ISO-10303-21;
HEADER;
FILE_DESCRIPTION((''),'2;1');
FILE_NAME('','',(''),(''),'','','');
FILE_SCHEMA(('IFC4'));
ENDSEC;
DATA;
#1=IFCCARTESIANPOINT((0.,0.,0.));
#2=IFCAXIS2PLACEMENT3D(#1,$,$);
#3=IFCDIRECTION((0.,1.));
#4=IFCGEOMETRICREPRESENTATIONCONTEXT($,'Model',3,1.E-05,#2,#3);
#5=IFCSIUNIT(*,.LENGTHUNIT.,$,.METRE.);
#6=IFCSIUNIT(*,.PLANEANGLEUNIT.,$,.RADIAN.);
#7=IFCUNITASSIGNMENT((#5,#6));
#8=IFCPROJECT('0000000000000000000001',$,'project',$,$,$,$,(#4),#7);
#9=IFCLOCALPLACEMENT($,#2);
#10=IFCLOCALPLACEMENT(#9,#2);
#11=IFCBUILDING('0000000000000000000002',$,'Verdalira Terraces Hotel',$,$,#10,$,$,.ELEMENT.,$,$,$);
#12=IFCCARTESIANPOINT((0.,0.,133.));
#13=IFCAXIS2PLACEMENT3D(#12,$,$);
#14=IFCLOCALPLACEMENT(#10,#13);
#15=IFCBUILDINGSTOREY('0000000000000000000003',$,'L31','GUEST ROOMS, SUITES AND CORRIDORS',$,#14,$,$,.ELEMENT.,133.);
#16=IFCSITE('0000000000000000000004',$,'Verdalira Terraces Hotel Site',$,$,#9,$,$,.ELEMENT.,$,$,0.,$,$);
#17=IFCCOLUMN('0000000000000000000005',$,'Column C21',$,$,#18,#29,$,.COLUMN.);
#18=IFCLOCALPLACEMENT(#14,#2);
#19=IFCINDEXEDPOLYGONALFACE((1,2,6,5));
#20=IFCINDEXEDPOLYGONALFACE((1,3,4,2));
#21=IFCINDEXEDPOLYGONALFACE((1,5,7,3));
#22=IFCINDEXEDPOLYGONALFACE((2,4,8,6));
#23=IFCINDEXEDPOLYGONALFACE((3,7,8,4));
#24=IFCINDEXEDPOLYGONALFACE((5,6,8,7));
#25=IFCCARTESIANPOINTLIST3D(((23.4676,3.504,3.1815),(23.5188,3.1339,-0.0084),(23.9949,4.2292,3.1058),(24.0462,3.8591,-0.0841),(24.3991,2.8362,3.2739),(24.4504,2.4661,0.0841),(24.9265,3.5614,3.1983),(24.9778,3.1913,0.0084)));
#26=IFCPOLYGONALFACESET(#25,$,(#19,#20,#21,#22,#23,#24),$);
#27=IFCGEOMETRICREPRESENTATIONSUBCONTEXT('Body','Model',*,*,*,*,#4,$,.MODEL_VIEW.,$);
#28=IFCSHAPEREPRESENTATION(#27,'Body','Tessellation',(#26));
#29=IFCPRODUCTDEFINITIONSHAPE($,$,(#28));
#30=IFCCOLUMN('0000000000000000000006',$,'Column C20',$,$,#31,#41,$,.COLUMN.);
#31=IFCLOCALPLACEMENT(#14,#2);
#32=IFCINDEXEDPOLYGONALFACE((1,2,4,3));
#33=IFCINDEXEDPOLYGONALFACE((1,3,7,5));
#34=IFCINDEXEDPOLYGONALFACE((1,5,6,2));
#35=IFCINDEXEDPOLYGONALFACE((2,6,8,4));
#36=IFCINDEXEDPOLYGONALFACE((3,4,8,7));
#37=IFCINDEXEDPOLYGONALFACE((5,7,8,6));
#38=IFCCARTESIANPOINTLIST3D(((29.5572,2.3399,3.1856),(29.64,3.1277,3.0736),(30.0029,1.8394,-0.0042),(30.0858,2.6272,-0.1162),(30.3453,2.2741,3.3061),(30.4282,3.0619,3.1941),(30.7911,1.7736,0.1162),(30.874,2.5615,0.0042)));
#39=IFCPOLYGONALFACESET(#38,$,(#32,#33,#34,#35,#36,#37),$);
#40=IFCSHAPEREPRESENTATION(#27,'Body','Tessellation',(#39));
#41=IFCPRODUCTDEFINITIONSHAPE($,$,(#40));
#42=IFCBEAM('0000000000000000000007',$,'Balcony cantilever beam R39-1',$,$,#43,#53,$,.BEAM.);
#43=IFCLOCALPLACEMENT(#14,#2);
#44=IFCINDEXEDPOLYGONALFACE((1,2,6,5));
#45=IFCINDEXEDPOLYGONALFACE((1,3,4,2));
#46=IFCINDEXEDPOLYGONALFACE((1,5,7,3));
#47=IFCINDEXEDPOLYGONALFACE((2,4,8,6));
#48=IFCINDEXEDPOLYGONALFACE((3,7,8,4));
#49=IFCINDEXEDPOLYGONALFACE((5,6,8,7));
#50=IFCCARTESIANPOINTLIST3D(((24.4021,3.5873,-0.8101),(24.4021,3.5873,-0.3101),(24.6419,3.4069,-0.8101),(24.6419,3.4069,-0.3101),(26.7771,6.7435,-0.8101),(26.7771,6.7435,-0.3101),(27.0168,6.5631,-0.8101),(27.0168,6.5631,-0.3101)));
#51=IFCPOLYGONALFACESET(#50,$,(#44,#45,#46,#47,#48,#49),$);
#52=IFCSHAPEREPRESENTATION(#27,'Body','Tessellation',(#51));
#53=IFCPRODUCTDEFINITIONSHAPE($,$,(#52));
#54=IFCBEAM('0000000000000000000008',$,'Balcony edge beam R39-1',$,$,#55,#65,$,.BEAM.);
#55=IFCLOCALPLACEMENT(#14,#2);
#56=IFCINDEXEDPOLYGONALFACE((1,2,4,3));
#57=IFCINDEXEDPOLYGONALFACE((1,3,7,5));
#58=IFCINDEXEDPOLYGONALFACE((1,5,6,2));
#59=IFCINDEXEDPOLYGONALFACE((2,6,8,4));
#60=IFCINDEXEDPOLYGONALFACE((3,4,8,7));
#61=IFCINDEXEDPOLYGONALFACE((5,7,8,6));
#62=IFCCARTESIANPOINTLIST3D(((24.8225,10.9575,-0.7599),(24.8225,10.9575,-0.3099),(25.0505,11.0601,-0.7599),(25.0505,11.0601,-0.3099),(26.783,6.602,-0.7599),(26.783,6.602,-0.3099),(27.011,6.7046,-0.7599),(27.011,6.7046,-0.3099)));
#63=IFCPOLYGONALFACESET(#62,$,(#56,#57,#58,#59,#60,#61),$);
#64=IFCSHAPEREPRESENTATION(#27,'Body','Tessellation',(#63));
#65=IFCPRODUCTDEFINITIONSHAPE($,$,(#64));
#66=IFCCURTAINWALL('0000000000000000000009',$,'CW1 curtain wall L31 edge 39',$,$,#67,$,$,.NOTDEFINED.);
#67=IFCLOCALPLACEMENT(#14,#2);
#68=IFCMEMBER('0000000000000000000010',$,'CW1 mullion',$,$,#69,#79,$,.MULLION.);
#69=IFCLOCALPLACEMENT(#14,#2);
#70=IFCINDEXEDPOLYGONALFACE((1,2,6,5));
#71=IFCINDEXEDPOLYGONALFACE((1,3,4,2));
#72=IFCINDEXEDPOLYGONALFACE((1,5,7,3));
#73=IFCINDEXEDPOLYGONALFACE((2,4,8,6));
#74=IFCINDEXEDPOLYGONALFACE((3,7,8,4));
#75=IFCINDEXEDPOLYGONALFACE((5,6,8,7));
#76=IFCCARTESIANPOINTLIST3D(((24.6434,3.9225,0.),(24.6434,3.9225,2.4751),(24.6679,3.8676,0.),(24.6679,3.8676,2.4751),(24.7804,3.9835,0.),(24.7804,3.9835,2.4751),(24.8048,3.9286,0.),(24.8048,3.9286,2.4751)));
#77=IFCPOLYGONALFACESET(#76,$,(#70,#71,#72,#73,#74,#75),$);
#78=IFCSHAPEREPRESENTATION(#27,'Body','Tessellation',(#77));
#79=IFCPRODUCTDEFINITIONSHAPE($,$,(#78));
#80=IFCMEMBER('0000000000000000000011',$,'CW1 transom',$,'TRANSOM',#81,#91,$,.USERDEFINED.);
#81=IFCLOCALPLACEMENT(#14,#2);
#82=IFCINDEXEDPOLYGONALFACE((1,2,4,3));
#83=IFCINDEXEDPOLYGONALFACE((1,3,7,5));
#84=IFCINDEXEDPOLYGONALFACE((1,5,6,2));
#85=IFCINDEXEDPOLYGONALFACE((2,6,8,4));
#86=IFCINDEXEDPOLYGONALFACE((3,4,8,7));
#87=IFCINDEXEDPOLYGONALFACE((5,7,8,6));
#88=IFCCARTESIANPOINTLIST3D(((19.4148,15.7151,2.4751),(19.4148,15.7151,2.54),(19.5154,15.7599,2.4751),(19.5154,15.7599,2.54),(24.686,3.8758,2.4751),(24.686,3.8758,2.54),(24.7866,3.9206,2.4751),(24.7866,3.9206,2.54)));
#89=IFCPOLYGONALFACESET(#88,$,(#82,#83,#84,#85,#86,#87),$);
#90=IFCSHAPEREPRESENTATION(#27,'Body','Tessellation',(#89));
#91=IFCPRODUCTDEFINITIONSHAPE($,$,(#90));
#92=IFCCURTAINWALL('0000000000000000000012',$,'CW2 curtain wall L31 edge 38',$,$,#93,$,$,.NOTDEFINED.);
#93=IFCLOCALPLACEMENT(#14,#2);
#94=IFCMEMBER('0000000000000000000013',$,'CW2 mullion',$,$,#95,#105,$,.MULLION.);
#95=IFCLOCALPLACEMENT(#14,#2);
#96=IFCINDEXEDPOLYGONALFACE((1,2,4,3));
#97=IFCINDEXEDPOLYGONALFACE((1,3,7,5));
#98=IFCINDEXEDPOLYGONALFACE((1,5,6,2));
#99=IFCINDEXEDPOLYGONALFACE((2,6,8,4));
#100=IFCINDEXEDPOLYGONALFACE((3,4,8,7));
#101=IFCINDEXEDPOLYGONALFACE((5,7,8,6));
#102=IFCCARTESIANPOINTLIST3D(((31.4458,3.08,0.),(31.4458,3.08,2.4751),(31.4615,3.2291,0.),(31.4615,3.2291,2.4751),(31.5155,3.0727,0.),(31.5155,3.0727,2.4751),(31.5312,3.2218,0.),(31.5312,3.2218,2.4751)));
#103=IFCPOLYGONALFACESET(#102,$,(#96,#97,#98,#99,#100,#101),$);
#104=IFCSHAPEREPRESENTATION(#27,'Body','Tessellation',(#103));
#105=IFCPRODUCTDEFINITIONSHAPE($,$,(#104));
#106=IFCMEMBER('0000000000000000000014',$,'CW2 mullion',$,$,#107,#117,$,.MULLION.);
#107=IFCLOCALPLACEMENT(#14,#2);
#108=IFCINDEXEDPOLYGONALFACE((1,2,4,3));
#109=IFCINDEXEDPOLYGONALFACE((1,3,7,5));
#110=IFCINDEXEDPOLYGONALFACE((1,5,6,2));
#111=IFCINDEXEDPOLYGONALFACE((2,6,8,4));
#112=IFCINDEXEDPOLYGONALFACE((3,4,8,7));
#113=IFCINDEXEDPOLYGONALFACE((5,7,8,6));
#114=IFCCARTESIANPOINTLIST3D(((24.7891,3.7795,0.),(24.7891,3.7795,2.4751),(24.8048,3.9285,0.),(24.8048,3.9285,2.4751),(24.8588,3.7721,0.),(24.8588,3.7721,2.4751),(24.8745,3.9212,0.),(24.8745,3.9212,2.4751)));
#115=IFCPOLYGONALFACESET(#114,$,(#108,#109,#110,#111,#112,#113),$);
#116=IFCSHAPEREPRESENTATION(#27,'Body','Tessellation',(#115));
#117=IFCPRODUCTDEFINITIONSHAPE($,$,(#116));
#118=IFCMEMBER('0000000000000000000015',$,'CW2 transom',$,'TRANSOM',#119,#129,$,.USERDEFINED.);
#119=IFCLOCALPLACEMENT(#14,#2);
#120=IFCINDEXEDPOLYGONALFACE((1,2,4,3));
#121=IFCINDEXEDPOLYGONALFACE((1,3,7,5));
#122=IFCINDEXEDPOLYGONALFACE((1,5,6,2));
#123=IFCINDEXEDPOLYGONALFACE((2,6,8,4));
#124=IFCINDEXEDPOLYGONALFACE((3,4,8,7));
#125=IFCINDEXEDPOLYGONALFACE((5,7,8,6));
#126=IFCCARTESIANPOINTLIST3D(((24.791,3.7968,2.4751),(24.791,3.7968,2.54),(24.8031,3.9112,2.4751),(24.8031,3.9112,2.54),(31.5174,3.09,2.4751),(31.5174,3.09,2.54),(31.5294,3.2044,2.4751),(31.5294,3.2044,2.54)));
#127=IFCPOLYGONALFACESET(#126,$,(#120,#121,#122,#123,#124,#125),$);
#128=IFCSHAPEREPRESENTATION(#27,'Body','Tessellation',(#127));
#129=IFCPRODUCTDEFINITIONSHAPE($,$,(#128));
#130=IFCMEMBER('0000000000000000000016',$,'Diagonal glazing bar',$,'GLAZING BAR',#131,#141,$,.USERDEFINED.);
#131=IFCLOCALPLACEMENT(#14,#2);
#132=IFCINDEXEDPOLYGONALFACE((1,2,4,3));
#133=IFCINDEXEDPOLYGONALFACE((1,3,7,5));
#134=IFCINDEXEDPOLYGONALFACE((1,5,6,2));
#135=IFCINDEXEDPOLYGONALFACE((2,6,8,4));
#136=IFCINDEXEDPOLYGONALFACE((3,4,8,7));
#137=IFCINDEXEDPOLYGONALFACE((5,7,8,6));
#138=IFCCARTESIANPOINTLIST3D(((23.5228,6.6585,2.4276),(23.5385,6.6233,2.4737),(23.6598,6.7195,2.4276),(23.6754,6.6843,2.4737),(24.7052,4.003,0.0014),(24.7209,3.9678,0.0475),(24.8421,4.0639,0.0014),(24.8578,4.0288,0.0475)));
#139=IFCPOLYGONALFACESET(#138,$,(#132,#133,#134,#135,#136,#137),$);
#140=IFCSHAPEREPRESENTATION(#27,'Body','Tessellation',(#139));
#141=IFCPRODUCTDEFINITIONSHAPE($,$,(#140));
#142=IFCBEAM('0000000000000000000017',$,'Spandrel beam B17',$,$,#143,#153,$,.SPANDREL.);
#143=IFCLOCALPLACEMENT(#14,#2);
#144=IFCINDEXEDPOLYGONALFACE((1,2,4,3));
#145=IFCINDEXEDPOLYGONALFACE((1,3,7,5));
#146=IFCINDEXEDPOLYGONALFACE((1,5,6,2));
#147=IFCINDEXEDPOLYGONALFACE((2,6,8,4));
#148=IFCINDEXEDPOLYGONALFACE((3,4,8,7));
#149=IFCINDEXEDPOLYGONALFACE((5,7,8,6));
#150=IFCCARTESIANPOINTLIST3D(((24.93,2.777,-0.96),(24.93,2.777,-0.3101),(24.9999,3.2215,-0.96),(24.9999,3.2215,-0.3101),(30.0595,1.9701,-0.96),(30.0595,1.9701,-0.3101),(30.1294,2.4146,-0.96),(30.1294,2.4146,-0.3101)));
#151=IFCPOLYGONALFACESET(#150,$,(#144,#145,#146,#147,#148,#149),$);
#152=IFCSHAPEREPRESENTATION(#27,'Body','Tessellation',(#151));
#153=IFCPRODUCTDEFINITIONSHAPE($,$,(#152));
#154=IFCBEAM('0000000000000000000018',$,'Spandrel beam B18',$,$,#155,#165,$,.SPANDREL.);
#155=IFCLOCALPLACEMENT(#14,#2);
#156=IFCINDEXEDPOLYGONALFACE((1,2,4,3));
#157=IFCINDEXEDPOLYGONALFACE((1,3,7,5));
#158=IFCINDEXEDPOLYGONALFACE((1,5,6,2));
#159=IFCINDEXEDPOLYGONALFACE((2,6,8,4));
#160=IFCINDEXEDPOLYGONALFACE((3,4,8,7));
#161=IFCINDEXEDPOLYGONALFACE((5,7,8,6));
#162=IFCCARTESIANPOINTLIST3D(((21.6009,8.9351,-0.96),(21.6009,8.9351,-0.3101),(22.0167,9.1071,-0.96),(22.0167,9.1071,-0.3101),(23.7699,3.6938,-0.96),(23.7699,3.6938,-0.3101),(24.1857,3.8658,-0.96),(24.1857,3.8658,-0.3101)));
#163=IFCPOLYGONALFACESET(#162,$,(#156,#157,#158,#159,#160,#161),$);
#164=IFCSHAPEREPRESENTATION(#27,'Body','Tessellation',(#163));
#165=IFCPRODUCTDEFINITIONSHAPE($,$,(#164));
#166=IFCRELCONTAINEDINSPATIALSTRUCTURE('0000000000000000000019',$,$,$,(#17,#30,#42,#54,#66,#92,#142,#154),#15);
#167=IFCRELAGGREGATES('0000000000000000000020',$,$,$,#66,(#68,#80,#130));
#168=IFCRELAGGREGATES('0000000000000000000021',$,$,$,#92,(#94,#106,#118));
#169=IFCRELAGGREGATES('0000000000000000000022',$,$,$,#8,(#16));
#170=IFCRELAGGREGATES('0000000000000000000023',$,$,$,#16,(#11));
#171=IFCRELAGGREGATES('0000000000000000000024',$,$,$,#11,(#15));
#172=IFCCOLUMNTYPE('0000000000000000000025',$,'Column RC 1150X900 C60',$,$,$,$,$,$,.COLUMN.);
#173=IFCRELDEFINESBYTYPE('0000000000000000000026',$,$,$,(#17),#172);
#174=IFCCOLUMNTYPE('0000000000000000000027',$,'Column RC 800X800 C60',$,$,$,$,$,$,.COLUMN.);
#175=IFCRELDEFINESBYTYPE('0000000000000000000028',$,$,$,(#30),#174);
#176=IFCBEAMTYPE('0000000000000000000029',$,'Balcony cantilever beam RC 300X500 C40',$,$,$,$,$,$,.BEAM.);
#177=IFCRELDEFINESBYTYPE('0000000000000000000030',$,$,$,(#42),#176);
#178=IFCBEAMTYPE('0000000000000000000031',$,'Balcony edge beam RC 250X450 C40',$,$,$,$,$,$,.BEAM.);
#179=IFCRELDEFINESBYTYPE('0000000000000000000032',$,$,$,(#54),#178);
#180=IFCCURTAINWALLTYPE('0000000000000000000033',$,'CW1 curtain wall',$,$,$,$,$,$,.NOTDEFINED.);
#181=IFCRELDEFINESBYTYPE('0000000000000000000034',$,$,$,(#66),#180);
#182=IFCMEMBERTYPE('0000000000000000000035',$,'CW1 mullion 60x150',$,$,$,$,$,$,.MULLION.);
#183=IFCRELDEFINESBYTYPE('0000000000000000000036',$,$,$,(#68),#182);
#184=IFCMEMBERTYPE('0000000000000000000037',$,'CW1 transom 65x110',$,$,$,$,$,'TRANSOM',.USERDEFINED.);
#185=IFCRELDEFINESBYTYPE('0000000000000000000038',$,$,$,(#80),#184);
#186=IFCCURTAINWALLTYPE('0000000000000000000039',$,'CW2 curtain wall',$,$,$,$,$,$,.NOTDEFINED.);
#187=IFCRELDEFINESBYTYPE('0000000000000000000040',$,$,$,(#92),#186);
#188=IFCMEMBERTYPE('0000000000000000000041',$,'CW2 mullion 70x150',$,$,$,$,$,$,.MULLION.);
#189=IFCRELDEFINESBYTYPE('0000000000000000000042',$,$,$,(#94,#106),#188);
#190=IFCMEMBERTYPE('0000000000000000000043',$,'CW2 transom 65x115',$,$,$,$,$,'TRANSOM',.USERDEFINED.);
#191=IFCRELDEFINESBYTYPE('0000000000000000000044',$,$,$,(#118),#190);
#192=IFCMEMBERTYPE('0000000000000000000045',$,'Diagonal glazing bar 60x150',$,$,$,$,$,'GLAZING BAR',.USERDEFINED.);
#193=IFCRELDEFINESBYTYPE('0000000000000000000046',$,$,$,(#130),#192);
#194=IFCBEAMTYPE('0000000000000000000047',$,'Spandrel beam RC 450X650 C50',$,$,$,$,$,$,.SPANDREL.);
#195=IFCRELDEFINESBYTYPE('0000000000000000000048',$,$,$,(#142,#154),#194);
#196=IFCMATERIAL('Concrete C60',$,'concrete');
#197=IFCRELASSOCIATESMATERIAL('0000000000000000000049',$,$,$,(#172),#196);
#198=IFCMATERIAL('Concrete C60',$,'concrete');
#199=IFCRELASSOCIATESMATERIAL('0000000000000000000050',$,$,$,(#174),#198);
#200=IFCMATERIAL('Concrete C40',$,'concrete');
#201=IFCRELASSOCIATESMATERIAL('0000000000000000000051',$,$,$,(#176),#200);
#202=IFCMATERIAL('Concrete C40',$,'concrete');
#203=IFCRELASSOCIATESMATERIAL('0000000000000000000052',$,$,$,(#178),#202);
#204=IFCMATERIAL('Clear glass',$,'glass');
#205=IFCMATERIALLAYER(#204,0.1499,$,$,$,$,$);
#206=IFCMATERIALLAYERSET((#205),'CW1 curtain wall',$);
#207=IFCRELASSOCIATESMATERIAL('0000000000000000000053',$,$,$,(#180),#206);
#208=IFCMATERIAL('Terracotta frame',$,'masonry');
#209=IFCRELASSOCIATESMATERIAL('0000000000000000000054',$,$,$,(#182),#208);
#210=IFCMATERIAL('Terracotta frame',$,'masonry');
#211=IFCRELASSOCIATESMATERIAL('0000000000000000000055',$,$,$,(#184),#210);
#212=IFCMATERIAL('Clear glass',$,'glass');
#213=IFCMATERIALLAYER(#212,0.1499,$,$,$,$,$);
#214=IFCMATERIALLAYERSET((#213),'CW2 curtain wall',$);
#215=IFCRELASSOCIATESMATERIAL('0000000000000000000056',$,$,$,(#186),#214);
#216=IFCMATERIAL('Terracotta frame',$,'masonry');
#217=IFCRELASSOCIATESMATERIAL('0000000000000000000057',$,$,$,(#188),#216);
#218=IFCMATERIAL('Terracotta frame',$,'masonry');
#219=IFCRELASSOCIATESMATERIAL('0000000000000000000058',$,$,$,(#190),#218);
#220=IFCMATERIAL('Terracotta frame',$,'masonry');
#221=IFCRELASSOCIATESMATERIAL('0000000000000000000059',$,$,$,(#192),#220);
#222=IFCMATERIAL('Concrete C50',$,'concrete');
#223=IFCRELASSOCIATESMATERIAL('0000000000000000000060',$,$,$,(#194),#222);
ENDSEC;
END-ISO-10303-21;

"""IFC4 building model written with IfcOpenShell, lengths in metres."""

from ifc_helpers import new_model, si_unit, direction, frame, origin, origin_2d, place, context, subcontext, project, spatial, rectangle, extrude, material, layer, layer_set, material_profile, profile_set, type_object, element, aggregate, save


model = new_model("IFC4")

# Units and contexts
model_context = context("Model", 3, precision=1e-05, world=origin(), true_north=direction((0.0, 1.0)))
body_context = subcontext(model_context, "Body", "Model", "MODEL_VIEW")
ifc_project = project(units=[si_unit("LENGTHUNIT", "METRE"), si_unit("PLANEANGLEUNIT", "RADIAN")], contexts=[model_context])

# Site, building, storey
site_placement = place(None, origin())
site = spatial("IfcSite", under=ifc_project, at=site_placement, Name="Verdalira Terraces Hotel Site", CompositionType="ELEMENT", RefElevation=0.0)
building_placement = place(site_placement, origin())
building = spatial("IfcBuilding", under=site, at=building_placement, Name="Verdalira Terraces Hotel", CompositionType="ELEMENT")
storey_placement = place(building_placement, frame((0.0, 0.0, 133.0)))
storey = spatial("IfcBuildingStorey", under=building, at=storey_placement, Name="L31", Description="GUEST ROOMS, SUITES AND CORRIDORS", CompositionType="ELEMENT", Elevation=133.0)

# Columns
ifc_material_1 = material(Name="Concrete C60", Category="concrete")
ifc_material_profile_1 = material_profile(ifc_material_1, rectangle(XDim=1.1499, YDim=0.8999, at=origin_2d()), Name="RC 1150X900")
ifc_profile_set_1 = profile_set([ifc_material_profile_1], Name="Concrete C60")
column_type_1 = type_object("IfcColumnType", Name="Column RC 1150X900 C60", PredefinedType="COLUMN", material=ifc_profile_set_1)
column_1_placement = place(storey_placement, frame((24.2483, 3.1626, 0.0), z_axis=(-0.015963, 0.115238, 0.99321), x_axis=(0.810116, -0.58073, 0.0804)))
element("IfcColumn", 1, at=column_1_placement, inside=storey, type_object=column_type_1, Name="Column C21", PredefinedType="COLUMN", context=body_context, shape_type="SweptSolid", body=[
    extrude(rectangle(XDim=1.1499, YDim=0.8999, at=origin_2d()), origin(), (0.0, 0.0, 1.0), 3.2117),
])
ifc_material_2 = material(Name="Concrete C60", Category="concrete")
ifc_material_profile_2 = material_profile(ifc_material_2, rectangle(XDim=0.8, YDim=0.8, at=origin_2d()), Name="RC 800X800")
ifc_profile_set_2 = profile_set([ifc_material_profile_2], Name="Concrete C60")
column_type_2 = type_object("IfcColumnType", Name="Column RC 800X800 C60", PredefinedType="COLUMN", material=ifc_profile_set_2)
column_2_placement = place(storey_placement, frame((30.4385, 2.2004, 0.0), z_axis=(-0.136766, 0.153543, 0.978632), x_axis=(-0.985173, 0.08222, -0.15058)))
element("IfcColumn", 2, at=column_2_placement, inside=storey, type_object=column_type_2, Name="Column C20", PredefinedType="COLUMN", context=body_context, shape_type="SweptSolid", body=[
    extrude(rectangle(XDim=0.8, YDim=0.8, at=origin_2d()), origin(), (0.0, 0.0, 1.0), 3.2595),
])

# Beams
ifc_material_3 = material(Name="Concrete C40", Category="concrete")
ifc_material_profile_3 = material_profile(ifc_material_3, rectangle(XDim=0.3, YDim=0.5, at=origin_2d()), Name="RC 300X500")
ifc_profile_set_3 = profile_set([ifc_material_profile_3], Name="Concrete C40")
beam_type_1 = type_object("IfcBeamType", Name="Balcony cantilever beam RC 300X500 C40", PredefinedType="BEAM", material=ifc_profile_set_3)
beam_1_placement = place(storey_placement, frame((24.522, 3.4971, -0.5601), z_axis=(0.601265, 0.79905, 0.0), x_axis=(-0.79905, 0.601265, 0.0)))
element("IfcBeam", 3, at=beam_1_placement, inside=storey, type_object=beam_type_1, Name="Balcony cantilever beam R39-1", PredefinedType="BEAM", context=body_context, shape_type="SweptSolid", body=[
    extrude(rectangle(XDim=0.3, YDim=0.5, at=origin_2d()), origin(), (0.0, 0.0, 1.0), 3.95),
])
ifc_material_4 = material(Name="Concrete C40", Category="concrete")
ifc_material_profile_4 = material_profile(ifc_material_4, rectangle(XDim=0.25, YDim=0.45, at=origin_2d()), Name="RC 250X450")
ifc_profile_set_4 = profile_set([ifc_material_profile_4], Name="Concrete C40")
beam_type_2 = type_object("IfcBeamType", Name="Balcony edge beam RC 250X450 C40", PredefinedType="BEAM", material=ifc_profile_set_4)
beam_2_placement = place(storey_placement, frame((26.897, 6.6533, -0.5349), z_axis=(-0.41045, 0.911883, 0.0), x_axis=(-0.911883, -0.41045, 0.0)))
element("IfcBeam", 4, at=beam_2_placement, inside=storey, type_object=beam_type_2, Name="Balcony edge beam R39-1", PredefinedType="BEAM", context=body_context, shape_type="SweptSolid", body=[
    extrude(rectangle(XDim=0.25, YDim=0.45, at=origin_2d()), origin(), (0.0, 0.0, 1.0), 4.7764),
])

# Curtain walls, members
ifc_material_5 = material(Name="Clear glass", Category="glass")
ifc_layer_1 = layer(ifc_material_5, 0.1499)
ifc_layer_set_1 = layer_set([ifc_layer_1], Name="CW1 curtain wall")
curtain_wall_type_1 = type_object("IfcCurtainWallType", Name="CW1 curtain wall", PredefinedType="NOTDEFINED", material=ifc_layer_set_1)
curtain_wall_1_placement = place(storey_placement, origin())
curtain_wall_1 = element("IfcCurtainWall", 5, at=curtain_wall_1_placement, inside=storey, type_object=curtain_wall_type_1, Name="CW1 curtain wall L31 edge 39", PredefinedType="NOTDEFINED")
ifc_material_6 = material(Name="Terracotta frame", Category="masonry")
ifc_material_profile_5 = material_profile(ifc_material_6, rectangle(XDim=0.0601, YDim=0.1499, at=origin_2d()), Name="MU 60x150")
ifc_profile_set_5 = profile_set([ifc_material_profile_5], Name="Terracotta frame")
member_type_1 = type_object("IfcMemberType", Name="CW1 mullion 60x150", PredefinedType="MULLION", material=ifc_profile_set_5)
member_1_placement = place(storey_placement, frame((24.7241, 3.9255, 0.0), z_axis=(0.0, 0.0, 1.0), x_axis=(-0.406737, 0.913545, 0.0)))
member_1 = element("IfcMember", 6, at=member_1_placement, type_object=member_type_1, Name="CW1 mullion", PredefinedType="MULLION", context=body_context, shape_type="SweptSolid", body=[
    extrude(rectangle(XDim=0.0601, YDim=0.1499, at=origin_2d()), origin(), (0.0, 0.0, 1.0), 2.4751),
])
ifc_material_7 = material(Name="Terracotta frame", Category="masonry")
ifc_material_profile_6 = material_profile(ifc_material_7, rectangle(XDim=0.1101, YDim=0.0649, at=origin_2d()), Name="TR 65x110")
ifc_profile_set_6 = profile_set([ifc_material_profile_6], Name="Terracotta frame")
member_type_2 = type_object("IfcMemberType", Name="CW1 transom 65x110", ElementType="TRANSOM", PredefinedType="USERDEFINED", material=ifc_profile_set_6)
member_2_placement = place(storey_placement, frame((24.7363, 3.8982, 2.5076), z_axis=(-0.406738, 0.913545, 0.0), x_axis=(-0.913545, -0.406738, 0.0)))
member_2 = element("IfcMember", 7, at=member_2_placement, type_object=member_type_2, Name="CW1 transom", ObjectType="TRANSOM", PredefinedType="USERDEFINED", context=body_context, shape_type="SweptSolid", body=[
    extrude(rectangle(XDim=0.1101, YDim=0.0649, at=origin_2d()), origin(), (0.0, 0.0, 1.0), 12.9597),
])
ifc_material_8 = material(Name="Clear glass", Category="glass")
ifc_layer_2 = layer(ifc_material_8, 0.1499)
ifc_layer_set_2 = layer_set([ifc_layer_2], Name="CW2 curtain wall")
curtain_wall_type_2 = type_object("IfcCurtainWallType", Name="CW2 curtain wall", PredefinedType="NOTDEFINED", material=ifc_layer_set_2)
curtain_wall_2_placement = place(storey_placement, origin())
curtain_wall_2 = element("IfcCurtainWall", 8, at=curtain_wall_2_placement, inside=storey, type_object=curtain_wall_type_2, Name="CW2 curtain wall L31 edge 38", PredefinedType="NOTDEFINED")
ifc_material_9 = material(Name="Terracotta frame", Category="masonry")
ifc_material_profile_7 = material_profile(ifc_material_9, rectangle(XDim=0.0701, YDim=0.1499, at=origin_2d()), Name="MU 70x150")
ifc_profile_set_7 = profile_set([ifc_material_profile_7], Name="Terracotta frame")
member_type_3 = type_object("IfcMemberType", Name="CW2 mullion 70x150", PredefinedType="MULLION", material=ifc_profile_set_7)
member_3_placement = place(storey_placement, frame((31.4885, 3.1509, 0.0), z_axis=(0.0, 0.0, 1.0), x_axis=(-0.994522, 0.104528, 0.0)))
member_3 = element("IfcMember", 9, at=member_3_placement, type_object=member_type_3, Name="CW2 mullion", PredefinedType="MULLION", context=body_context, shape_type="SweptSolid", body=[
    extrude(rectangle(XDim=0.0701, YDim=0.1499, at=origin_2d()), origin(), (0.0, 0.0, 1.0), 2.4751),
])
member_4_placement = place(storey_placement, frame((24.8318, 3.8503, 0.0), z_axis=(0.0, 0.0, 1.0), x_axis=(-0.994522, 0.104528, 0.0)))
member_4 = element("IfcMember", 10, at=member_4_placement, type_object=member_type_3, Name="CW2 mullion", PredefinedType="MULLION", context=body_context, shape_type="SweptSolid", body=[
    extrude(rectangle(XDim=0.0701, YDim=0.1499, at=origin_2d()), origin(), (0.0, 0.0, 1.0), 2.4751),
])
ifc_material_10 = material(Name="Terracotta frame", Category="masonry")
ifc_material_profile_8 = material_profile(ifc_material_10, rectangle(XDim=0.115, YDim=0.0649, at=origin_2d()), Name="TR 65x115")
ifc_profile_set_8 = profile_set([ifc_material_profile_8], Name="Terracotta frame")
member_type_4 = type_object("IfcMemberType", Name="CW2 transom 65x115", ElementType="TRANSOM", PredefinedType="USERDEFINED", material=ifc_profile_set_8)
member_5_placement = place(storey_placement, frame((31.5234, 3.1472, 2.5076), z_axis=(-0.994525, 0.104503, 0.0), x_axis=(-0.104503, -0.994525, 0.0)))
member_5 = element("IfcMember", 11, at=member_5_placement, type_object=member_type_4, Name="CW2 transom", ObjectType="TRANSOM", PredefinedType="USERDEFINED", context=body_context, shape_type="SweptSolid", body=[
    extrude(rectangle(XDim=0.115, YDim=0.0649, at=origin_2d()), origin(), (0.0, 0.0, 1.0), 6.7634),
])

# Member
ifc_material_11 = material(Name="Terracotta frame", Category="masonry")
ifc_material_profile_9 = material_profile(ifc_material_11, rectangle(XDim=0.1499, YDim=0.0601, at=origin_2d()), Name="GB 60x150")
ifc_profile_set_9 = profile_set([ifc_material_profile_9], Name="Terracotta frame")
member_type_5 = type_object("IfcMemberType", Name="Diagonal glazing bar 60x150", ElementType="GLAZING BAR", PredefinedType="USERDEFINED", material=ifc_profile_set_9)
member_6_placement = place(storey_placement, frame((24.7815, 4.0159, 0.0244), z_axis=(-0.312271, 0.701337, 0.640791), x_axis=(-0.913538, -0.406754, 0.0)))
member_6 = element("IfcMember", 12, at=member_6_placement, type_object=member_type_5, Name="Diagonal glazing bar", ObjectType="GLAZING BAR", PredefinedType="USERDEFINED", context=body_context, shape_type="SweptSolid", body=[
    extrude(rectangle(XDim=0.1499, YDim=0.0601, at=origin_2d()), origin(), (0.0, 0.0, 1.0), 3.7864),
])

# Beams
ifc_material_12 = material(Name="Concrete C50", Category="concrete")
ifc_material_profile_10 = material_profile(ifc_material_12, rectangle(XDim=0.45, YDim=0.6499, at=origin_2d()), Name="RC 450X650")
ifc_profile_set_10 = profile_set([ifc_material_profile_10], Name="Concrete C50")
beam_type_3 = type_object("IfcBeamType", Name="Spandrel beam RC 450X650 C50", PredefinedType="SPANDREL", material=ifc_profile_set_10)
beam_3_placement = place(storey_placement, frame((30.0945, 2.1924, -0.635), z_axis=(-0.987854, 0.155388, 0.0), x_axis=(-0.155388, -0.987854, 0.0)))
element("IfcBeam", 13, at=beam_3_placement, inside=storey, type_object=beam_type_3, Name="Spandrel beam B17", PredefinedType="SPANDREL", context=body_context, shape_type="SweptSolid", body=[
    extrude(rectangle(XDim=0.45, YDim=0.6499, at=origin_2d()), origin(), (0.0, 0.0, 1.0), 5.1926),
])
beam_4_placement = place(storey_placement, frame((23.9778, 3.7798, -0.635), z_axis=(-0.382377, 0.924006, 0.0), x_axis=(-0.924006, -0.382377, 0.0)))
element("IfcBeam", 14, at=beam_4_placement, inside=storey, type_object=beam_type_3, Name="Spandrel beam B18", PredefinedType="SPANDREL", context=body_context, shape_type="SweptSolid", body=[
    extrude(rectangle(XDim=0.45, YDim=0.6499, at=origin_2d()), origin(), (0.0, 0.0, 1.0), 5.6724),
])

aggregate(curtain_wall_1, [member_1, member_2, member_6])
aggregate(curtain_wall_2, [member_3, member_4, member_5])

save(model, "model.ifc")
